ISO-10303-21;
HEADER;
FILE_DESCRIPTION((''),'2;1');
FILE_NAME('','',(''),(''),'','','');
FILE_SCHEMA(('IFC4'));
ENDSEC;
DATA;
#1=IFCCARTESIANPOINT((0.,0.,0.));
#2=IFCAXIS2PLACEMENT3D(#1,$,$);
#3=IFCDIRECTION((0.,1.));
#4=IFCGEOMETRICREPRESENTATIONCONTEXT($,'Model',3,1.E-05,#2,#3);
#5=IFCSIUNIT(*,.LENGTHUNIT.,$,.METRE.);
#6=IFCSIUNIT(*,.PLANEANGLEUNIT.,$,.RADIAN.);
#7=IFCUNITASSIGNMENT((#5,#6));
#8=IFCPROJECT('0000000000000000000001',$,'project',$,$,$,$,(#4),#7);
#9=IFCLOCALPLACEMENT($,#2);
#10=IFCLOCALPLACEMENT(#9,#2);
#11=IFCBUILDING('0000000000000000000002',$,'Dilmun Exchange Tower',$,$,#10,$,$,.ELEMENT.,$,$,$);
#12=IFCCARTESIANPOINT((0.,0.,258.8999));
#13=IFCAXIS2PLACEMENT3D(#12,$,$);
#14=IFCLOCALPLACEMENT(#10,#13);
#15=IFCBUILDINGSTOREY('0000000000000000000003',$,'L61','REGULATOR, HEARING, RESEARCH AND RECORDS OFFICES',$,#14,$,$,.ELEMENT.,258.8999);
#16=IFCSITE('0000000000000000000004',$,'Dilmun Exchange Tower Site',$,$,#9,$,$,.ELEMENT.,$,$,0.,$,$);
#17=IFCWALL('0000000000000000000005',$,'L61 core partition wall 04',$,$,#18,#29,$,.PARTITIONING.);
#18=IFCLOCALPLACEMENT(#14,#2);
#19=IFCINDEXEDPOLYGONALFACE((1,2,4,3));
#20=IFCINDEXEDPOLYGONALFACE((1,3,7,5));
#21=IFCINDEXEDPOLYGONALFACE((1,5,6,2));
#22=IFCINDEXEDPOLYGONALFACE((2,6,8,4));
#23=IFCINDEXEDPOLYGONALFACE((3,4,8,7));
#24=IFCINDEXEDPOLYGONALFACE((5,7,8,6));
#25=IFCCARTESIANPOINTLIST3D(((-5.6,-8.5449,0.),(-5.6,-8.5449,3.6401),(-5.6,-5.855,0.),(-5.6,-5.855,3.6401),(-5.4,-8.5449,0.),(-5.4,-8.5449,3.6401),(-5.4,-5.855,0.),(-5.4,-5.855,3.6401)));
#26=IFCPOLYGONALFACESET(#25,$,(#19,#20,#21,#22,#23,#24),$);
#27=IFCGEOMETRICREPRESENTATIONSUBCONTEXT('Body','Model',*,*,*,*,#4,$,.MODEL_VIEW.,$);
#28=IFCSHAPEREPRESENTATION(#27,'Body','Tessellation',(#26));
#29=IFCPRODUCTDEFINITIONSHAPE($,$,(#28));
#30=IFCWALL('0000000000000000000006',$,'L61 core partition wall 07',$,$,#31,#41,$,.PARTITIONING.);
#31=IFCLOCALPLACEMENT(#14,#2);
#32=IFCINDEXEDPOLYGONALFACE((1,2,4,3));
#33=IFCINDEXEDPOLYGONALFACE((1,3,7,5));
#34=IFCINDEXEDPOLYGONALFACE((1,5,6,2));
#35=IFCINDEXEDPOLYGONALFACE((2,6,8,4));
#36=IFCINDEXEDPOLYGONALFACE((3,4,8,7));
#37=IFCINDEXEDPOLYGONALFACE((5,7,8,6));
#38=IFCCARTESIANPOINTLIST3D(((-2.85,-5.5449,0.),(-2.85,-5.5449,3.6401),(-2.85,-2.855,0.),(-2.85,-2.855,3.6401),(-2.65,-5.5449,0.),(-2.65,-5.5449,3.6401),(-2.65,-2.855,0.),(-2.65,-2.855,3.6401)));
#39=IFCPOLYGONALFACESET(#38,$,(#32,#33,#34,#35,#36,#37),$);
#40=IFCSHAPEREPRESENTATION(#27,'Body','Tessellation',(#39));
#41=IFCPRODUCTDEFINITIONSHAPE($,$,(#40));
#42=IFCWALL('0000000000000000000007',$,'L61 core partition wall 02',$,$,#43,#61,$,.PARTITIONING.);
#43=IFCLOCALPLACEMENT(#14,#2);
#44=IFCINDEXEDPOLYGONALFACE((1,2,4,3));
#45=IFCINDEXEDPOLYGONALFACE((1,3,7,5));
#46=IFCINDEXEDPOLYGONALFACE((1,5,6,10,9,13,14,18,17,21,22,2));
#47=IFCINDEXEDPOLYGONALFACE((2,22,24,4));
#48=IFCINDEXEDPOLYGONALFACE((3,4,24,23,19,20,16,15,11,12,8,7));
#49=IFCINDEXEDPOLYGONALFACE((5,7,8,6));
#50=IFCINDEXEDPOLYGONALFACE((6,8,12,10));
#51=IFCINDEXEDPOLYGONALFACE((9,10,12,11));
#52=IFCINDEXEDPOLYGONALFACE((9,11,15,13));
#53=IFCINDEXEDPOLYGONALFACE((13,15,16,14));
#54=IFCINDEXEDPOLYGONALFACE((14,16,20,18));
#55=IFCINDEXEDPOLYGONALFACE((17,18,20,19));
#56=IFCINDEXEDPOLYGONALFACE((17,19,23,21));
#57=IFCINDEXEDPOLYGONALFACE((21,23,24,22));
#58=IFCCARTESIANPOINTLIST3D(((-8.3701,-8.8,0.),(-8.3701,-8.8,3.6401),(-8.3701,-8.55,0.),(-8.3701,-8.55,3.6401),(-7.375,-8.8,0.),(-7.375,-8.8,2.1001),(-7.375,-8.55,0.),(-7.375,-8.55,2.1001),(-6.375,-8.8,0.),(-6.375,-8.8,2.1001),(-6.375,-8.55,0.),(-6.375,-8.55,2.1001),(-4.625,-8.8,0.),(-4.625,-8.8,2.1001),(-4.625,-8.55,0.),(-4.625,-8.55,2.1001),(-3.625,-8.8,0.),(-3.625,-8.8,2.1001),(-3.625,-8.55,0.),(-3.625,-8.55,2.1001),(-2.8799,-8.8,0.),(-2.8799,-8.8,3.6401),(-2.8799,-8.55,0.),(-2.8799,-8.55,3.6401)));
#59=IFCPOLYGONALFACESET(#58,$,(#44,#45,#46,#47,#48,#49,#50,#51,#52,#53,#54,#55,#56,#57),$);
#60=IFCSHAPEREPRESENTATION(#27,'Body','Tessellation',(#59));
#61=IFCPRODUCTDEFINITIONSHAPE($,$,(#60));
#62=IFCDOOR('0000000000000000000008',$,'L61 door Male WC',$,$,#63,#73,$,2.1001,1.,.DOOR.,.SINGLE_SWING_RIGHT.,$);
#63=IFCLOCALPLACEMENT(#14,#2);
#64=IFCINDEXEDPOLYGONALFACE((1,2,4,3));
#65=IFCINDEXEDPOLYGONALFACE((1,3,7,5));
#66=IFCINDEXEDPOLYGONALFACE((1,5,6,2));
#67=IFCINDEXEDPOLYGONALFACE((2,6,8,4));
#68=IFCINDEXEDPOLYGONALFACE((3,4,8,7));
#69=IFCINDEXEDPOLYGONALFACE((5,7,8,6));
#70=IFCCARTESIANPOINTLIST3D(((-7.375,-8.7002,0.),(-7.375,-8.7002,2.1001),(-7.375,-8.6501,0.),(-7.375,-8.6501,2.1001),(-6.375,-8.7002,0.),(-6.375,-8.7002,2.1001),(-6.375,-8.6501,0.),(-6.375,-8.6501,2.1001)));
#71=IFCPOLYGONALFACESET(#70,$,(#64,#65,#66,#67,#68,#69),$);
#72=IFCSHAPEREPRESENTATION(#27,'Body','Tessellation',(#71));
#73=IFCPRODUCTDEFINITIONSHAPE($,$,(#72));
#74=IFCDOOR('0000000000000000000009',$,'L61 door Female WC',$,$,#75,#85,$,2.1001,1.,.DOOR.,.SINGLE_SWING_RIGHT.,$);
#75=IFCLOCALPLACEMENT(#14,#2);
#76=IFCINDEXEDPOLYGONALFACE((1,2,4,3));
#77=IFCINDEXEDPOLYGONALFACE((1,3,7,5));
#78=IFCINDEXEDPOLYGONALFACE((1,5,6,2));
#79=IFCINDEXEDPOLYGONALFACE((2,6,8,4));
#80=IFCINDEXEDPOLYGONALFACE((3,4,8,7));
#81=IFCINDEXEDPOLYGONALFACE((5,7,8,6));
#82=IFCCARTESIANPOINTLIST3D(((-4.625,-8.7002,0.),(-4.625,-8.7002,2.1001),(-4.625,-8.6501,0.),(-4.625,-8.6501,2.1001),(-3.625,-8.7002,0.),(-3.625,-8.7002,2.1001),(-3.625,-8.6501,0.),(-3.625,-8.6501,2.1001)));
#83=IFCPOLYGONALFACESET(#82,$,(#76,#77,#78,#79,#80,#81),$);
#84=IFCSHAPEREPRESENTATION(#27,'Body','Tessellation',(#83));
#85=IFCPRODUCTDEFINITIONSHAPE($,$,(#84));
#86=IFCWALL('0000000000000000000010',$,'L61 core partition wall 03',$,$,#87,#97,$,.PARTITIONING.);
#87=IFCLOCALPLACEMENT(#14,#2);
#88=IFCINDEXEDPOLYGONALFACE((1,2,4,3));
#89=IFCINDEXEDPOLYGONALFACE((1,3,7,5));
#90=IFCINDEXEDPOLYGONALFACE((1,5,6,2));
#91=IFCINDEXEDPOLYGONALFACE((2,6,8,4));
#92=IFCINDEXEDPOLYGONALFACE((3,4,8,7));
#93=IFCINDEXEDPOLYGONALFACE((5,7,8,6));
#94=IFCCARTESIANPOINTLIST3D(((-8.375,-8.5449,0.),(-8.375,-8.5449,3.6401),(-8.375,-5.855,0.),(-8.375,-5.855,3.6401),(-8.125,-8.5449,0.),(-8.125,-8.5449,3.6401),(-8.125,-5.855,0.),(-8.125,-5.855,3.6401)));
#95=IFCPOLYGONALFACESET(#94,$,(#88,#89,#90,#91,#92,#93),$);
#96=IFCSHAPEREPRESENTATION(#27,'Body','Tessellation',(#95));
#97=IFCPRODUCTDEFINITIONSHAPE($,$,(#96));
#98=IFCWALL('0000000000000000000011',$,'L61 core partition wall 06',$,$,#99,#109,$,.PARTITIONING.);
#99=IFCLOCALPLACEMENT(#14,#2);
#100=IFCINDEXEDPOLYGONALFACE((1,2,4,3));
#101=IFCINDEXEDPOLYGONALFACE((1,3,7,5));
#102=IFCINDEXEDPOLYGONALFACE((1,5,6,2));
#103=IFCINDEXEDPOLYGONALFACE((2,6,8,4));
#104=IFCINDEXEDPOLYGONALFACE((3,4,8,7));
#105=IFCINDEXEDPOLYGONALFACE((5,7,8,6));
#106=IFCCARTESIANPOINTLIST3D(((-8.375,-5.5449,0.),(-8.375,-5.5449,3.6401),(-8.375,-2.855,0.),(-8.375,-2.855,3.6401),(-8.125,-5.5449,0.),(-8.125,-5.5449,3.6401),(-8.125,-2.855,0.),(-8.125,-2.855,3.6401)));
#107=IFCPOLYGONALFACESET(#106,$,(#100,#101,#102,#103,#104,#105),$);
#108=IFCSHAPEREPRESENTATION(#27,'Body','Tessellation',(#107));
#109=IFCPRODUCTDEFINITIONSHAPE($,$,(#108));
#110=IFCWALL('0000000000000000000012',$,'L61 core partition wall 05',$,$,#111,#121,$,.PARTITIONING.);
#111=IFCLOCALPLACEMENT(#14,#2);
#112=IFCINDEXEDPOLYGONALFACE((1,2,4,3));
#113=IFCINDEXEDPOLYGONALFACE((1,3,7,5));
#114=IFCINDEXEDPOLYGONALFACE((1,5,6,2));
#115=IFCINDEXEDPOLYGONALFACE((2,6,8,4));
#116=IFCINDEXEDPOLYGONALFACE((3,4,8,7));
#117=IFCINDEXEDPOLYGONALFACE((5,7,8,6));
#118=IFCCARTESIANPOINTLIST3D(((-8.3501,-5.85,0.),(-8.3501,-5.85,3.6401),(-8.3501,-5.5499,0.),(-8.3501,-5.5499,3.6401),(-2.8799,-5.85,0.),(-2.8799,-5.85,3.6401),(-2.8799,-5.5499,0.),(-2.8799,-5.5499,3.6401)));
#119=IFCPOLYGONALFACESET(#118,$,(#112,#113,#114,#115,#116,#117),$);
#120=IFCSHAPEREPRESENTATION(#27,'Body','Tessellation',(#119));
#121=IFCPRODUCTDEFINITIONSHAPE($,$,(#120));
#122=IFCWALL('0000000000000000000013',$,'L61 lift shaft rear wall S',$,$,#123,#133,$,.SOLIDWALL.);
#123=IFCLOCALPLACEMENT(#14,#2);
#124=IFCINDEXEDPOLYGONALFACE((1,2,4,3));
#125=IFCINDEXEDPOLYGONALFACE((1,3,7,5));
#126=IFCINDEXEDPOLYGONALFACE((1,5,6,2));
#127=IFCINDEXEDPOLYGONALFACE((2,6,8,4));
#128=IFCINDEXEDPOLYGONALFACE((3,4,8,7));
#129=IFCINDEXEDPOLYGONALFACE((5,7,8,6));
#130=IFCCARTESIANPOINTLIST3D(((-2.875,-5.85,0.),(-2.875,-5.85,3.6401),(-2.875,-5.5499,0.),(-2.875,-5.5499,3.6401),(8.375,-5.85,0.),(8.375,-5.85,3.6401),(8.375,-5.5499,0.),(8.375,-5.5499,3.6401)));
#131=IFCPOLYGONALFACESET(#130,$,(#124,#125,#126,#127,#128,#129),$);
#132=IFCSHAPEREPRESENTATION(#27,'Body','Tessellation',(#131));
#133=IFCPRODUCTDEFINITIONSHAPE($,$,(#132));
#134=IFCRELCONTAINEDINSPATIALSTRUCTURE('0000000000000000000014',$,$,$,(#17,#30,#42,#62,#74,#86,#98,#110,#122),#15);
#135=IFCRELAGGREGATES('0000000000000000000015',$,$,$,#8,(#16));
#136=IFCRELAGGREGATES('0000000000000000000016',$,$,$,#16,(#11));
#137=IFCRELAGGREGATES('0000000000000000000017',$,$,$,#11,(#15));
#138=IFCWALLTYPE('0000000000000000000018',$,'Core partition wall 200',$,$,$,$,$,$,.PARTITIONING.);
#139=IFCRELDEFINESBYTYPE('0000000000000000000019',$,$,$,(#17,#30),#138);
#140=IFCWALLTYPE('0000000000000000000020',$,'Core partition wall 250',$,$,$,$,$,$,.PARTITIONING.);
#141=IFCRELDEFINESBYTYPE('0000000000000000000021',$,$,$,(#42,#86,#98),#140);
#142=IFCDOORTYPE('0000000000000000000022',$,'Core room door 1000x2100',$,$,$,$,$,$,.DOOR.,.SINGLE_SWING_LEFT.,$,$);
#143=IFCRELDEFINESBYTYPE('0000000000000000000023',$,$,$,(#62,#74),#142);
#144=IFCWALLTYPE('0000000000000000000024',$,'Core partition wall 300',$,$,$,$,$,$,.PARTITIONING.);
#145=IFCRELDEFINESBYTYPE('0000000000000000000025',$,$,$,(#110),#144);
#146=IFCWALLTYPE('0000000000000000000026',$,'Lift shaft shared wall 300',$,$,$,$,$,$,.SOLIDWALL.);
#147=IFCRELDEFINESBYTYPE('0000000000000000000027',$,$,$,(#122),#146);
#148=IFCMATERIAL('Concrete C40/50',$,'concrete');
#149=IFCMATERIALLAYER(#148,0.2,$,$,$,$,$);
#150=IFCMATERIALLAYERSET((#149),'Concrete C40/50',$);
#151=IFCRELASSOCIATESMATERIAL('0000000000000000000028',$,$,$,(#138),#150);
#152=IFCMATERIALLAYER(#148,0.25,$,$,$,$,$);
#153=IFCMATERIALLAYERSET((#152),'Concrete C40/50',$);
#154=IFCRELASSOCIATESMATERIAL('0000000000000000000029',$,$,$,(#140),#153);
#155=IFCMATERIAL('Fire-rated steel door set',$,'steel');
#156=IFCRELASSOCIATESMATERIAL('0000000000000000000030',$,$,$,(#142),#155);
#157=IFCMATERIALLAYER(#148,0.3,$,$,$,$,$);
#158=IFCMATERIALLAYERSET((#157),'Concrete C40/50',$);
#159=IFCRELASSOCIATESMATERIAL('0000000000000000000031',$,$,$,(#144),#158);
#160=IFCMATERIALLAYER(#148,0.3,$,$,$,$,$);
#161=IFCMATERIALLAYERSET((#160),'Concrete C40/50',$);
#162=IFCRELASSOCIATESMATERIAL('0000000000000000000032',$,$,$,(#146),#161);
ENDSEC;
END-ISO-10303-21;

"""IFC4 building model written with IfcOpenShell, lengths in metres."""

from ifc_helpers import new_model, si_unit, direction, frame, frame_2d, origin, place, context, subcontext, project, spatial, rectangle, extrude, material, layer, layer_set, type_object, element, fill, save


model = new_model("IFC4")

# Units and contexts
model_context = context("Model", 3, precision=1e-05, world=origin(), true_north=direction((0.0, 1.0)))
body_context = subcontext(model_context, "Body", "Model", "MODEL_VIEW")
ifc_project = project(units=[si_unit("LENGTHUNIT", "METRE"), si_unit("PLANEANGLEUNIT", "RADIAN")], contexts=[model_context])

# Site, building, storey
site_placement = place(None, origin())
site = spatial("IfcSite", under=ifc_project, at=site_placement, Name="Dilmun Exchange Tower Site", CompositionType="ELEMENT", RefElevation=0.0)
building_placement = place(site_placement, origin())
building = spatial("IfcBuilding", under=site, at=building_placement, Name="Dilmun Exchange Tower", CompositionType="ELEMENT")
storey_placement = place(building_placement, frame((0.0, 0.0, 258.8999)))
storey = spatial("IfcBuildingStorey", under=building, at=storey_placement, Name="L61", Description="REGULATOR, HEARING, RESEARCH AND RECORDS OFFICES", CompositionType="ELEMENT", Elevation=258.8999)

# Walls
ifc_material_1 = material(Name="Concrete C40/50", Category="concrete")
ifc_layer_1 = layer(ifc_material_1, 0.2)
ifc_layer_set_1 = layer_set([ifc_layer_1], Name="Concrete C40/50")
wall_type_1 = type_object("IfcWallType", Name="Core partition wall 200", PredefinedType="PARTITIONING", material=ifc_layer_set_1)
for number, where, z_axis, x_axis, name in (
    (1, (-5.5, -8.5449, 0.0), (0.0, 0.0, 1.0), (0.0, 1.0, 0.0), "L61 core partition wall 04"),
    (2, (-2.75, -5.5449, 0.0), (0.0, 0.0, 1.0), (0.0, 1.0, 0.0), "L61 core partition wall 07"),
):
    element("IfcWall", number, at=place(storey_placement, frame(where, z_axis=z_axis, x_axis=x_axis)), inside=storey, type_object=wall_type_1, Name=name, PredefinedType="PARTITIONING", context=body_context, shape_type="SweptSolid", body=[
        extrude(rectangle(XDim=2.6899, YDim=0.2, at=frame_2d((1.345, 0.0))), origin(), (0.0, 0.0, 1.0), 3.6401),
    ])

# Wall, openings, doors
ifc_layer_2 = layer(ifc_material_1, 0.25)
ifc_layer_set_2 = layer_set([ifc_layer_2], Name="Concrete C40/50")
wall_type_2 = type_object("IfcWallType", Name="Core partition wall 250", PredefinedType="PARTITIONING", material=ifc_layer_set_2)
wall_1_placement = place(storey_placement, frame((-8.3701, -8.675, 0.0), z_axis=(0.0, 0.0, 1.0), x_axis=(1.0, 0.0, 0.0)))
wall_1 = element("IfcWall", 3, at=wall_1_placement, inside=storey, type_object=wall_type_2, Name="L61 core partition wall 02", PredefinedType="PARTITIONING", context=body_context, shape_type="SweptSolid", body=[
    extrude(rectangle(XDim=5.4902, YDim=0.25, at=frame_2d((2.7451, 0.0))), origin(), (0.0, 0.0, 1.0), 3.6401),
])
opening_1_placement = place(wall_1_placement, frame((0.9951, 0.0, 0.0)))
opening_1 = element("IfcOpeningElement", 4, at=opening_1_placement, cuts=wall_1, PredefinedType="OPENING", context=body_context, shape_type="SweptSolid", body=[
    extrude(rectangle(XDim=1.0, YDim=2.1001, at=frame_2d((0.5, 1.05))), frame((0.0, 0.135, 0.0), z_axis=(0.0, -1.0, 0.0), x_axis=(1.0, 0.0, 0.0)), (0.0, 0.0, 1.0), 0.27),
])
opening_2_placement = place(wall_1_placement, frame((3.7451, 0.0, 0.0)))
opening_2 = element("IfcOpeningElement", 5, at=opening_2_placement, cuts=wall_1, PredefinedType="OPENING", context=body_context, shape_type="SweptSolid", body=[
    extrude(rectangle(XDim=1.0, YDim=2.1001, at=frame_2d((0.5, 1.05))), frame((0.0, 0.135, 0.0), z_axis=(0.0, -1.0, 0.0), x_axis=(1.0, 0.0, 0.0)), (0.0, 0.0, 1.0), 0.27),
])
ifc_material_2 = material(Name="Fire-rated steel door set", Category="steel")
door_type_1 = type_object("IfcDoorType", Name="Core room door 1000x2100", OperationType="SINGLE_SWING_LEFT", PredefinedType="DOOR", material=ifc_material_2)
door_1_placement = place(opening_1_placement, origin())
door_1 = element("IfcDoor", 6, at=door_1_placement, inside=storey, type_object=door_type_1, Name="L61 door Male WC", OperationType="SINGLE_SWING_RIGHT", OverallHeight=2.1001, OverallWidth=1.0, PredefinedType="DOOR", context=body_context, shape_type="SweptSolid", body=[
    extrude(rectangle(XDim=1.0, YDim=2.1001, at=frame_2d((0.5, 1.05))), frame((0.0, 0.0249, 0.0), z_axis=(0.0, -1.0, 0.0), x_axis=(1.0, 0.0, 0.0)), (0.0, 0.0, 1.0), 0.05),
])
fill(opening_1, door_1)
door_2_placement = place(opening_2_placement, origin())
door_2 = element("IfcDoor", 7, at=door_2_placement, inside=storey, type_object=door_type_1, Name="L61 door Female WC", OperationType="SINGLE_SWING_RIGHT", OverallHeight=2.1001, OverallWidth=1.0, PredefinedType="DOOR", context=body_context, shape_type="SweptSolid", body=[
    extrude(rectangle(XDim=1.0, YDim=2.1001, at=frame_2d((0.5, 1.05))), frame((0.0, 0.0249, 0.0), z_axis=(0.0, -1.0, 0.0), x_axis=(1.0, 0.0, 0.0)), (0.0, 0.0, 1.0), 0.05),
])
fill(opening_2, door_2)

# Walls
for number, where, z_axis, x_axis, name in (
    (8, (-8.25, -8.5449, 0.0), (0.0, 0.0, 1.0), (0.0, 1.0, 0.0), "L61 core partition wall 03"),
    (9, (-8.25, -5.5449, 0.0), (0.0, 0.0, 1.0), (0.0, 1.0, 0.0), "L61 core partition wall 06"),
):
    element("IfcWall", number, at=place(storey_placement, frame(where, z_axis=z_axis, x_axis=x_axis)), inside=storey, type_object=wall_type_2, Name=name, PredefinedType="PARTITIONING", context=body_context, shape_type="SweptSolid", body=[
        extrude(rectangle(XDim=2.6899, YDim=0.25, at=frame_2d((1.345, 0.0))), origin(), (0.0, 0.0, 1.0), 3.6401),
    ])
ifc_layer_3 = layer(ifc_material_1, 0.3)
ifc_layer_set_3 = layer_set([ifc_layer_3], Name="Concrete C40/50")
wall_type_3 = type_object("IfcWallType", Name="Core partition wall 300", PredefinedType="PARTITIONING", material=ifc_layer_set_3)
wall_2_placement = place(storey_placement, frame((-8.3501, -5.7, 0.0), z_axis=(0.0, 0.0, 1.0), x_axis=(1.0, 0.0, 0.0)))
element("IfcWall", 10, at=wall_2_placement, inside=storey, type_object=wall_type_3, Name="L61 core partition wall 05", PredefinedType="PARTITIONING", context=body_context, shape_type="SweptSolid", body=[
    extrude(rectangle(XDim=5.4702, YDim=0.3, at=frame_2d((2.7351, 0.0))), origin(), (0.0, 0.0, 1.0), 3.6401),
])
ifc_layer_4 = layer(ifc_material_1, 0.3)
ifc_layer_set_4 = layer_set([ifc_layer_4], Name="Concrete C40/50")
wall_type_4 = type_object("IfcWallType", Name="Lift shaft shared wall 300", PredefinedType="SOLIDWALL", material=ifc_layer_set_4)
wall_3_placement = place(storey_placement, frame((-2.875, -5.7, 0.0), z_axis=(0.0, 0.0, 1.0), x_axis=(1.0, 0.0, 0.0)))
element("IfcWall", 11, at=wall_3_placement, inside=storey, type_object=wall_type_4, Name="L61 lift shaft rear wall S", PredefinedType="SOLIDWALL", context=body_context, shape_type="SweptSolid", body=[
    extrude(rectangle(XDim=11.25, YDim=0.3, at=frame_2d((5.625, 0.0))), origin(), (0.0, 0.0, 1.0), 3.6401),
])

save(model, "model.ifc")
